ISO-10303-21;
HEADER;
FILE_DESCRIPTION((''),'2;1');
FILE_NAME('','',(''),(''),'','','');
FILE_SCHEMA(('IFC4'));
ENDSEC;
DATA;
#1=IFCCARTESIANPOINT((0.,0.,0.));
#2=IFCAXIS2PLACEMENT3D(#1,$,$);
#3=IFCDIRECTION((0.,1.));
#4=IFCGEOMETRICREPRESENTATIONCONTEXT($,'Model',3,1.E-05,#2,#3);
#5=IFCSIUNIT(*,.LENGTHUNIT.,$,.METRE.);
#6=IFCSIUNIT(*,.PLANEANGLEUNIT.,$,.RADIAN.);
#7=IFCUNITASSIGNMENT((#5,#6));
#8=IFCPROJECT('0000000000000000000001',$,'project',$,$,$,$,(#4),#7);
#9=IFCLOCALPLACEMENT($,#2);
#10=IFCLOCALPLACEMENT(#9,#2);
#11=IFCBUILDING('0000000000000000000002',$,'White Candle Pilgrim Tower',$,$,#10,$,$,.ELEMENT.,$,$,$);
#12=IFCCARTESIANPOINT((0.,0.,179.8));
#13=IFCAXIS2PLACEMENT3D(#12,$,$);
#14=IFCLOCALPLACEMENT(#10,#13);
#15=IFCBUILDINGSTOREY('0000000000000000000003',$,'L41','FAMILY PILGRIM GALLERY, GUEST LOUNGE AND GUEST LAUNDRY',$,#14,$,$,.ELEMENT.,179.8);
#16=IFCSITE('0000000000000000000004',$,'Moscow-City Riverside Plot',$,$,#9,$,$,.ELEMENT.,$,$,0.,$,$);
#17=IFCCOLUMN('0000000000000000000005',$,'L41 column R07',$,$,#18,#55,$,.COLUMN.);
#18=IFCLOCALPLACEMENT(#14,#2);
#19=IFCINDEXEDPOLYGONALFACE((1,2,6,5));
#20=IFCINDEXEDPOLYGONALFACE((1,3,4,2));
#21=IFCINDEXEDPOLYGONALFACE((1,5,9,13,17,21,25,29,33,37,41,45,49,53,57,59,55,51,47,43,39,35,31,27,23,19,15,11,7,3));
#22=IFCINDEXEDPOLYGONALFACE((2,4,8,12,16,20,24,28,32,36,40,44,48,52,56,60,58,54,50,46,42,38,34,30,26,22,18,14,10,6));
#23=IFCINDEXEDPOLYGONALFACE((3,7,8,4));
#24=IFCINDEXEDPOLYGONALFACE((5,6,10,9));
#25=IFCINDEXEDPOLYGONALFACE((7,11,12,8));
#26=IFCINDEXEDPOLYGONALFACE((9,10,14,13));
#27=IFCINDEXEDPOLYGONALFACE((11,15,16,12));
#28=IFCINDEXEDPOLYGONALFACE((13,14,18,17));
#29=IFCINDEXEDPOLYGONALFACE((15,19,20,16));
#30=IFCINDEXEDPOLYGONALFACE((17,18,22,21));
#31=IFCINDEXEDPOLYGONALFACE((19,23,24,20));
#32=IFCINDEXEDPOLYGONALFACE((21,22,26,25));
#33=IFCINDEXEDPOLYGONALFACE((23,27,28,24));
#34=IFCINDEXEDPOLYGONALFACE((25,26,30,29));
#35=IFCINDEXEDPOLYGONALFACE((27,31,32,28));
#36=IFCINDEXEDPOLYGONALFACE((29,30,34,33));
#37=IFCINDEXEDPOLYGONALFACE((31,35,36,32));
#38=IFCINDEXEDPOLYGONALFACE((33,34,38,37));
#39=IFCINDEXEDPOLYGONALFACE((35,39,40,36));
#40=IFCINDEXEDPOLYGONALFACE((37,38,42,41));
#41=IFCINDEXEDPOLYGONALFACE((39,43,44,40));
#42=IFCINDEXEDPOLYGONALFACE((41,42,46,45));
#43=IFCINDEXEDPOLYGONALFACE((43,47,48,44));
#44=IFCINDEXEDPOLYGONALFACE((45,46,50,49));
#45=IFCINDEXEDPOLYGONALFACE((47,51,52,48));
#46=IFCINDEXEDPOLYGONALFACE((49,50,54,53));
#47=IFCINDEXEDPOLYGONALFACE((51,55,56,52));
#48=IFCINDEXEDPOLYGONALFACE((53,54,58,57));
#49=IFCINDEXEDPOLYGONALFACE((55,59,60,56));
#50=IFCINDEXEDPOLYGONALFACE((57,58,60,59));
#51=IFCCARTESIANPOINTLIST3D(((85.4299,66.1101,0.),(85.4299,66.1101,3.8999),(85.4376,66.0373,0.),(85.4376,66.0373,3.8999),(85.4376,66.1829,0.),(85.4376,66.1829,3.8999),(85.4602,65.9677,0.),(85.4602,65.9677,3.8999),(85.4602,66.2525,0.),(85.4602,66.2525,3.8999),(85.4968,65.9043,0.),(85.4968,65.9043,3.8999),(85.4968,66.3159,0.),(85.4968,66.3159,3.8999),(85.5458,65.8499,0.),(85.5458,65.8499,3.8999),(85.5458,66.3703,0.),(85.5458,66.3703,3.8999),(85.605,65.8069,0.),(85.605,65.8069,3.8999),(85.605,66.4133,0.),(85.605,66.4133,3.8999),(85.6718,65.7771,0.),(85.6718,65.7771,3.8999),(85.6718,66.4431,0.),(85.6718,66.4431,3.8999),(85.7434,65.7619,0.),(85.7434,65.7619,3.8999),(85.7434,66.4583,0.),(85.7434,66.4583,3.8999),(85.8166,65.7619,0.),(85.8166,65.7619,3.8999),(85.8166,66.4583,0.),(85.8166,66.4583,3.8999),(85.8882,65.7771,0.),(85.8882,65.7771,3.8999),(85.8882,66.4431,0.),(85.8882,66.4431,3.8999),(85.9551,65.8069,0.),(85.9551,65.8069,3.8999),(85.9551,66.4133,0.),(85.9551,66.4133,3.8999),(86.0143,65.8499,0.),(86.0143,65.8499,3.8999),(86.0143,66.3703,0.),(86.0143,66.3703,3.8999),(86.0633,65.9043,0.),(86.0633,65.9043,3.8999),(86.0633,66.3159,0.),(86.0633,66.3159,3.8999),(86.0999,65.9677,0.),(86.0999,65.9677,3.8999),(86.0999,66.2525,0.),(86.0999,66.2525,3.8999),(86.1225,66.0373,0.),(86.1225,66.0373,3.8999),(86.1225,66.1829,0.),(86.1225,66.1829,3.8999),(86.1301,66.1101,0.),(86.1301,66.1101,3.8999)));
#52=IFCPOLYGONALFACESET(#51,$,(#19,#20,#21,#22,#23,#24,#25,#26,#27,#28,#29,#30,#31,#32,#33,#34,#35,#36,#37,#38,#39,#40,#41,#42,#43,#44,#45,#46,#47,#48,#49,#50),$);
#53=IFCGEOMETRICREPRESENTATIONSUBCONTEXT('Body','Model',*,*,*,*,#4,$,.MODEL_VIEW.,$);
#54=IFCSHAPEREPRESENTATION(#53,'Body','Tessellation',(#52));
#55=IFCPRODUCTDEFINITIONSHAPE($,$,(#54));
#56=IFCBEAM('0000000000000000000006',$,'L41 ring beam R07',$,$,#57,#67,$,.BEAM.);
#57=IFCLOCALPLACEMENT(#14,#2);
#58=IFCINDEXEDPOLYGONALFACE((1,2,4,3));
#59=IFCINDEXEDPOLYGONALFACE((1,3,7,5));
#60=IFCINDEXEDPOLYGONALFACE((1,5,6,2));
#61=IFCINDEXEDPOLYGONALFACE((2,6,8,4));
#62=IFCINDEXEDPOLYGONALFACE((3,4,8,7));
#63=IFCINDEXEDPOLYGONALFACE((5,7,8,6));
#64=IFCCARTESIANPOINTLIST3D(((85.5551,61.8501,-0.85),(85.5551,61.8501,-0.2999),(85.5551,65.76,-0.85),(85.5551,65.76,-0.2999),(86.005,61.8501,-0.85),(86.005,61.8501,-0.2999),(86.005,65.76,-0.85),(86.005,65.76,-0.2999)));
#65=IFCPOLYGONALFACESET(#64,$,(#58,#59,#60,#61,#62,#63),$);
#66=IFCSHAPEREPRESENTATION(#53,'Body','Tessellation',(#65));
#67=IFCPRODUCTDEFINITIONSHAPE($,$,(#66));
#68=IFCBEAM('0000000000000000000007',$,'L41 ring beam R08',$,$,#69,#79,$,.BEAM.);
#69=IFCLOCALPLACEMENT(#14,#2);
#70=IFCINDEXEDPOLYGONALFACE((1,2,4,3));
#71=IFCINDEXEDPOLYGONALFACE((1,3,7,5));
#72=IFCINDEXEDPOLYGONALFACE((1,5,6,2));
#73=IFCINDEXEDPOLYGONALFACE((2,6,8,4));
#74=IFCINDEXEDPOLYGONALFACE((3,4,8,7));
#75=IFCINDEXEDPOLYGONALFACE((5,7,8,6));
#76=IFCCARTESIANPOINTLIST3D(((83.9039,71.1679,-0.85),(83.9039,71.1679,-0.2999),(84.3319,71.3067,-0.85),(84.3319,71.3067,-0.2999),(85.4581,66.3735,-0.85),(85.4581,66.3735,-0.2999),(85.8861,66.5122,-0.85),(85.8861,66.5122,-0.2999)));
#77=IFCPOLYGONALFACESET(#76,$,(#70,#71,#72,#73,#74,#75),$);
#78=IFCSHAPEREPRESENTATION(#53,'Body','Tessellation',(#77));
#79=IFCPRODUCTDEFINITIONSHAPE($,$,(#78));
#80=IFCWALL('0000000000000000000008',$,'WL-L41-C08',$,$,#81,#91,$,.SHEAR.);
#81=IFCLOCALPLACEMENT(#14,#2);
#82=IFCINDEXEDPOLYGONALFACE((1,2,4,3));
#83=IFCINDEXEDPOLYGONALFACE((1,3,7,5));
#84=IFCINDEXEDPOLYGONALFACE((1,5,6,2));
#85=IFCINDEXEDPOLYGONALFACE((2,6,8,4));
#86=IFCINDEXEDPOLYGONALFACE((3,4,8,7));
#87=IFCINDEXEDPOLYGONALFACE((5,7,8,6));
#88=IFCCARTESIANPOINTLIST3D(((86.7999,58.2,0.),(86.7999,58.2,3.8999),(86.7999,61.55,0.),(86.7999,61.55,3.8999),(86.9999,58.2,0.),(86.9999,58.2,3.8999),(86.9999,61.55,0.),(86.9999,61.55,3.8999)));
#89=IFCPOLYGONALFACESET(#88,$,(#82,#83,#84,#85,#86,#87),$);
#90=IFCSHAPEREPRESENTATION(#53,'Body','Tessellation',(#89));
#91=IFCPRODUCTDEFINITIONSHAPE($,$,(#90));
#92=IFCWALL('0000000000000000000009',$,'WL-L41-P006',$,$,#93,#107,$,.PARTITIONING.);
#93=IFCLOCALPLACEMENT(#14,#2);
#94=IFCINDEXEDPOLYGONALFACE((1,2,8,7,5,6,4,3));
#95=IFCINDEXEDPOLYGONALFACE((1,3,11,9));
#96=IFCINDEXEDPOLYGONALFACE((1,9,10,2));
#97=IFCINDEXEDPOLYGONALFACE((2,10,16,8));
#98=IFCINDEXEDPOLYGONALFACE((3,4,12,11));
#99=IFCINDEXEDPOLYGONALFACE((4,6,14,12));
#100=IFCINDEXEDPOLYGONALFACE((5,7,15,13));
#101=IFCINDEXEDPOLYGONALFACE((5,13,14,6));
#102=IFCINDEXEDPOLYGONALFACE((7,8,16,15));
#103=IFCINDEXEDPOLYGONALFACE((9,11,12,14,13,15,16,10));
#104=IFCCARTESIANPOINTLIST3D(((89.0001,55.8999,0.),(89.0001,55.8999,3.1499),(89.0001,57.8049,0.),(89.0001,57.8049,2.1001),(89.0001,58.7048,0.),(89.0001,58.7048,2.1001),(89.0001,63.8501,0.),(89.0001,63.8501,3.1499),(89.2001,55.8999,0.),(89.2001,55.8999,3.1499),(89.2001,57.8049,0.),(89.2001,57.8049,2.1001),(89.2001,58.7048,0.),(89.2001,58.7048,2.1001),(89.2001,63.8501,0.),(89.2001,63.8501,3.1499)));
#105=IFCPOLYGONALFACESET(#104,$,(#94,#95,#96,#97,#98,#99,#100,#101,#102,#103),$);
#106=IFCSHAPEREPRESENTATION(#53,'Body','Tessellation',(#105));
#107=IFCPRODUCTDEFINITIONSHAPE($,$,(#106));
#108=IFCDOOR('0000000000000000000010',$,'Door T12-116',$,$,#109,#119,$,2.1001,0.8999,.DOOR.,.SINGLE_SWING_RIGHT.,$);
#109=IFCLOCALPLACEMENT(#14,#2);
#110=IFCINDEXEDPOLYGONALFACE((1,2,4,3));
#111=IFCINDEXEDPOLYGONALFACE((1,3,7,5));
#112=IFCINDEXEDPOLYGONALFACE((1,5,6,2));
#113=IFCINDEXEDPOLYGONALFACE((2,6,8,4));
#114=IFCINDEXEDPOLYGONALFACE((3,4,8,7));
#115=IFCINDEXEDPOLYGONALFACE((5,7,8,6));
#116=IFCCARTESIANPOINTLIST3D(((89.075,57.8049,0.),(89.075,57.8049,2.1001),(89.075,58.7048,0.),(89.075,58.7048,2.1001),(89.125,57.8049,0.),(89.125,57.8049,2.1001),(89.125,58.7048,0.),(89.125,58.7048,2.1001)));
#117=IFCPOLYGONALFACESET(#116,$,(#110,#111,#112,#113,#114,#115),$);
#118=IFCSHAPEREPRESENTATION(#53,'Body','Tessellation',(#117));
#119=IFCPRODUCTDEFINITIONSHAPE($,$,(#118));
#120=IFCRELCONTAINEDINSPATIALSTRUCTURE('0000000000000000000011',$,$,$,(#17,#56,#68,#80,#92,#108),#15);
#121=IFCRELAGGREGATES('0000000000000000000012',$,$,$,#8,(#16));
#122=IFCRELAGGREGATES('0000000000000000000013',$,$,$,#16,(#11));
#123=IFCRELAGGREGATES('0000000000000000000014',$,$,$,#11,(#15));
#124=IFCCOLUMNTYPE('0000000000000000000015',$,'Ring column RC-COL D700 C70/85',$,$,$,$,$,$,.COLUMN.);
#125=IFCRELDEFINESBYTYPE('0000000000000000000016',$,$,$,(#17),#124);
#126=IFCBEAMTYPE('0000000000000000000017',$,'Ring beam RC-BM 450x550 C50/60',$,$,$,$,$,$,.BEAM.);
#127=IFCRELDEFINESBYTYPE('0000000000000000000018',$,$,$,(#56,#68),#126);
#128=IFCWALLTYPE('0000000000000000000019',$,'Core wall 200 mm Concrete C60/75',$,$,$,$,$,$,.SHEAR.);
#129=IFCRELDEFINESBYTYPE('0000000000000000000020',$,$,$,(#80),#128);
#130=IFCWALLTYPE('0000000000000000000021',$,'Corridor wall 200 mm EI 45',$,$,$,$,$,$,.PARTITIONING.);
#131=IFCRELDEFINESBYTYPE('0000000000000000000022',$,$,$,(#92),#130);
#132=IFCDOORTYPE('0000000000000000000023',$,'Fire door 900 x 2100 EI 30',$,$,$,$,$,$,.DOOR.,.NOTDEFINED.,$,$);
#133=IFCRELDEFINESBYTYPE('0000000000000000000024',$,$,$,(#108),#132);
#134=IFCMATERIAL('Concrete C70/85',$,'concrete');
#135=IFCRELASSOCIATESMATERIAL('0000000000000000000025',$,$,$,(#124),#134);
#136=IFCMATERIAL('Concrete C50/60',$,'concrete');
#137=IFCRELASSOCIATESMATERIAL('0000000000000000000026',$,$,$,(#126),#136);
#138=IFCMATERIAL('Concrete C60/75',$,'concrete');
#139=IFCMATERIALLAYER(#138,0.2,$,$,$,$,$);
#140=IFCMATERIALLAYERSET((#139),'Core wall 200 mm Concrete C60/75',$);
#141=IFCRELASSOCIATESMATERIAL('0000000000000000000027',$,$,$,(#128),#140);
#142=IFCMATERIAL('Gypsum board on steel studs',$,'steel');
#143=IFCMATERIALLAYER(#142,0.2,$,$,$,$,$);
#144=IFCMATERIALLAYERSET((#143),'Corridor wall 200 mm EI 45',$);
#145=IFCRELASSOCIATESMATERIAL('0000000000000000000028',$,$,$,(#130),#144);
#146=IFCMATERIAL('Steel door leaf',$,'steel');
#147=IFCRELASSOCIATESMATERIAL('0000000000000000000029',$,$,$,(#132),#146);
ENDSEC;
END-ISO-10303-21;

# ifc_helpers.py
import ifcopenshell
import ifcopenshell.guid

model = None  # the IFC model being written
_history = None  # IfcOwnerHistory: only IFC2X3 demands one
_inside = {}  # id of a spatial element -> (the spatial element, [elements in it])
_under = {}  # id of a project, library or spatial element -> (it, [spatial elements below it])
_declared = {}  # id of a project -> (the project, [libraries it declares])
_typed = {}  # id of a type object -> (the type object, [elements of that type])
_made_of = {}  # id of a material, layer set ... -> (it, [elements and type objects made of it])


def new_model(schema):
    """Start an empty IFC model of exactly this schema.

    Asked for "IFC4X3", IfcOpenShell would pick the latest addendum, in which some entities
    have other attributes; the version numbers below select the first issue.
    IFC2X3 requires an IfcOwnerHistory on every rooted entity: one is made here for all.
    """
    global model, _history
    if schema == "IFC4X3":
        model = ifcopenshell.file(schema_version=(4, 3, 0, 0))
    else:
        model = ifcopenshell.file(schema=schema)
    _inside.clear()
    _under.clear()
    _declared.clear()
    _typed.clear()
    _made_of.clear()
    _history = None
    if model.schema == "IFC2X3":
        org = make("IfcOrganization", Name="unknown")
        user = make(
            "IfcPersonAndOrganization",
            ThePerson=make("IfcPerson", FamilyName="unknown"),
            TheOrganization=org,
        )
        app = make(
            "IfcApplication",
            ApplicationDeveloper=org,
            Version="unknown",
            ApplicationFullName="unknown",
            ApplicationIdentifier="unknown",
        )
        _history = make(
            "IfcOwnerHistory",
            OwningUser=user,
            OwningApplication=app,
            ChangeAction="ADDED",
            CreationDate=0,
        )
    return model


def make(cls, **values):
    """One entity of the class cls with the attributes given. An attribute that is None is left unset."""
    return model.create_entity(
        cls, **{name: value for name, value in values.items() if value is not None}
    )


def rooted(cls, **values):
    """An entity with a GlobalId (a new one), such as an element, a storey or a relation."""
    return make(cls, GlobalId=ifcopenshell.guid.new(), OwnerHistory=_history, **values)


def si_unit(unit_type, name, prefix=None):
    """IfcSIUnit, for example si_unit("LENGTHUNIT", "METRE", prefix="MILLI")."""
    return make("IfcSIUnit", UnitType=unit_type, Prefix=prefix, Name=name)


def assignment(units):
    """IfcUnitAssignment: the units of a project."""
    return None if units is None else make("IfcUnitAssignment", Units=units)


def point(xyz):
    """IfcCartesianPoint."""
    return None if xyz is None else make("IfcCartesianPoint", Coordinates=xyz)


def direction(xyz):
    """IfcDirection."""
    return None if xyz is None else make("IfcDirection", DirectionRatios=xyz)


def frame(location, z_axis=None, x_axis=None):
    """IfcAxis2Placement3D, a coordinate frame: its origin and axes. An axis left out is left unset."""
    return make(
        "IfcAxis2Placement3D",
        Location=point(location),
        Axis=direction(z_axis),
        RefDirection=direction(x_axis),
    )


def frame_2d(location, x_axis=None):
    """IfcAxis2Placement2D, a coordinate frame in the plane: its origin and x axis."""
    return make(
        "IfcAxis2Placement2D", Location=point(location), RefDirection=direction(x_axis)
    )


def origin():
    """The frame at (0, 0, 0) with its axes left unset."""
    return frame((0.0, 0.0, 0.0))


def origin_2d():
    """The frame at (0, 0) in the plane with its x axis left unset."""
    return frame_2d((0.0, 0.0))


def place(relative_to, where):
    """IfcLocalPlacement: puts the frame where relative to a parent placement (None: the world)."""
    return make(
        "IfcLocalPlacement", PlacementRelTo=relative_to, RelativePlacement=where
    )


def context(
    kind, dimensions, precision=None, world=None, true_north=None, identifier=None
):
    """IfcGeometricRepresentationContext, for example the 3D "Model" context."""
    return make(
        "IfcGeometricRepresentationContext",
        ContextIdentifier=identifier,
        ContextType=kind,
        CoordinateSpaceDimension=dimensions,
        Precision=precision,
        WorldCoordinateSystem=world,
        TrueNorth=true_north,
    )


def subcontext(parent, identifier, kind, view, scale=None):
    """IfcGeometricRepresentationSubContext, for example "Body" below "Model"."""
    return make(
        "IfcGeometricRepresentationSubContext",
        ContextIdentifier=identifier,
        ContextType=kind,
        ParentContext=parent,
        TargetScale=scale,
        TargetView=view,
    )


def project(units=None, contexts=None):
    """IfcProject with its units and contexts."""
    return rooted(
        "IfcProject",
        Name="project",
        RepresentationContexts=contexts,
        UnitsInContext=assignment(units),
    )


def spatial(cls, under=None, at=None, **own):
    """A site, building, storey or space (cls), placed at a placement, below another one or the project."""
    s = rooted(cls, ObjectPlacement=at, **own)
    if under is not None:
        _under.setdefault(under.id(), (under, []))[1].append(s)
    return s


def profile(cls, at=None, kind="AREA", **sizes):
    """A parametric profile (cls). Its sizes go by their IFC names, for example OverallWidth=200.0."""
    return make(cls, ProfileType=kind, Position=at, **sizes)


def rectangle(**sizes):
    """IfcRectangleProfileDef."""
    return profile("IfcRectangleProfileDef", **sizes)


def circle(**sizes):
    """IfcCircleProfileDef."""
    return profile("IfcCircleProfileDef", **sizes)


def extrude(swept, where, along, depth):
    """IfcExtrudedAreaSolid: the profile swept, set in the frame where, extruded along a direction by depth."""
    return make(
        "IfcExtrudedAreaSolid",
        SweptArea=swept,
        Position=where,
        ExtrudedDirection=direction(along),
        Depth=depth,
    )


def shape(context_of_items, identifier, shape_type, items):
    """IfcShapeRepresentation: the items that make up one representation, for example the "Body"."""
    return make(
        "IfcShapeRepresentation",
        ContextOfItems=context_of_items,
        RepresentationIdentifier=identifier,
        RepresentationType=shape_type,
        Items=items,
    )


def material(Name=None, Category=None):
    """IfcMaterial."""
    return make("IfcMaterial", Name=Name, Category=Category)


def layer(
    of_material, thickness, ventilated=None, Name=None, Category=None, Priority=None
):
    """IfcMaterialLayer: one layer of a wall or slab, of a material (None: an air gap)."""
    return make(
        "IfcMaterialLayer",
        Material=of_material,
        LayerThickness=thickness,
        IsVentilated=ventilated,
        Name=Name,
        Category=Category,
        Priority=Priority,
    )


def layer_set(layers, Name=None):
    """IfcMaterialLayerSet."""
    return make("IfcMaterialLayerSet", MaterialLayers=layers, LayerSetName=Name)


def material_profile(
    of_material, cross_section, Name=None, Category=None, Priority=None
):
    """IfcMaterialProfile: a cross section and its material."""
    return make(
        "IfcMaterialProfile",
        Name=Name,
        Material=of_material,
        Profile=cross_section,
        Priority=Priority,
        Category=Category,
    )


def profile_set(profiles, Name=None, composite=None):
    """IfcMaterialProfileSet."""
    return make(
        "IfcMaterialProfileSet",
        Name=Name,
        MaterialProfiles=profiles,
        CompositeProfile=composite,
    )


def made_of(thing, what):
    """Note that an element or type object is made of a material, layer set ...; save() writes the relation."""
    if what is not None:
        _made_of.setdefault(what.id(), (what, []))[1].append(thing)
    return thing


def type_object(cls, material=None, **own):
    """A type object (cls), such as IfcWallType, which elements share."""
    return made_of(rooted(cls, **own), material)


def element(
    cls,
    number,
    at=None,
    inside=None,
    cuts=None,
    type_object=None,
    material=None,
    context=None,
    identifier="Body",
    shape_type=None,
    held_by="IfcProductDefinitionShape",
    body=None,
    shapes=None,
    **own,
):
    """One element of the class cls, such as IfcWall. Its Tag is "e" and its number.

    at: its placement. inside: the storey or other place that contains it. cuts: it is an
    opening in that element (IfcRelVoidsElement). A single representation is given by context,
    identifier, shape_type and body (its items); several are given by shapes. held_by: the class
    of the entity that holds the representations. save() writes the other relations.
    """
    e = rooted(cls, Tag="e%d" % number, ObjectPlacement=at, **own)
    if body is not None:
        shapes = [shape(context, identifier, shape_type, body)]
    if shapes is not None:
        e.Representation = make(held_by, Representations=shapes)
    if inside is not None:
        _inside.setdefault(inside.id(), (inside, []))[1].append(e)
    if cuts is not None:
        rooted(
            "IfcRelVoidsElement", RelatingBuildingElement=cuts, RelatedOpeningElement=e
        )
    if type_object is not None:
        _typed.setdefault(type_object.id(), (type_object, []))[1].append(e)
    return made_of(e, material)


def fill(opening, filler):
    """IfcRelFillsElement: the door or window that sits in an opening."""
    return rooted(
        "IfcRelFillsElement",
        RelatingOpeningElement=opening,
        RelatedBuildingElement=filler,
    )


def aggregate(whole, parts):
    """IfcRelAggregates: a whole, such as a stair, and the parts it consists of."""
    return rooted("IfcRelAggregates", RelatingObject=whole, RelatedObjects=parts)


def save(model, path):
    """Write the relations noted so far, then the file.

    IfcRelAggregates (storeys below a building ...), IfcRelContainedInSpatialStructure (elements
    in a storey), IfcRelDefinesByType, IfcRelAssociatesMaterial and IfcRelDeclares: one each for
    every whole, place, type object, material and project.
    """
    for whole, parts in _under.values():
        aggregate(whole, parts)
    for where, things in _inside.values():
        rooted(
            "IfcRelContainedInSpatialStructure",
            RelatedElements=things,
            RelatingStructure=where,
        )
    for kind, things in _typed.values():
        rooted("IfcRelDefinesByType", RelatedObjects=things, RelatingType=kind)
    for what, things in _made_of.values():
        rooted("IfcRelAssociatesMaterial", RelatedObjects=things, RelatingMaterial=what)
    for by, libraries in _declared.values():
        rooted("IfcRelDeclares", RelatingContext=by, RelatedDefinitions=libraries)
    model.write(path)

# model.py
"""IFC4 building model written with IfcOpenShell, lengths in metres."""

from ifc_helpers import new_model, si_unit, direction, frame, frame_2d, origin, origin_2d, place, context, subcontext, project, spatial, rectangle, circle, extrude, material, layer, layer_set, material_profile, profile_set, type_object, element, fill, save


model = new_model("IFC4")

# Units and contexts
model_context = context("Model", 3, precision=1e-05, world=origin(), true_north=direction((0.0, 1.0)))
body_context = subcontext(model_context, "Body", "Model", "MODEL_VIEW")
ifc_project = project(units=[si_unit("LENGTHUNIT", "METRE"), si_unit("PLANEANGLEUNIT", "RADIAN")], contexts=[model_context])

# Site, building, storey
site_placement = place(None, origin())
site = spatial("IfcSite", under=ifc_project, at=site_placement, Name="Moscow-City Riverside Plot", CompositionType="ELEMENT", RefElevation=0.0)
building_placement = place(site_placement, origin())
building = spatial("IfcBuilding", under=site, at=building_placement, Name="White Candle Pilgrim Tower", CompositionType="ELEMENT")
storey_placement = place(building_placement, frame((0.0, 0.0, 179.8)))
storey = spatial("IfcBuildingStorey", under=building, at=storey_placement, Name="L41", Description="FAMILY PILGRIM GALLERY, GUEST LOUNGE AND GUEST LAUNDRY", CompositionType="ELEMENT", Elevation=179.8)

# Column
ifc_material_1 = material(Name="Concrete C70/85", Category="concrete")
ifc_material_profile_1 = material_profile(ifc_material_1, circle(Radius=0.3501, at=origin_2d()), Name="RC-COL D700")
ifc_profile_set_1 = profile_set([ifc_material_profile_1], Name="Concrete C70/85")
column_type = type_object("IfcColumnType", Name="Ring column RC-COL D700 C70/85", PredefinedType="COLUMN", material=ifc_profile_set_1)
column_placement = place(storey_placement, frame((85.78, 66.1101, 0.0), z_axis=(0.0, 0.0, 1.0), x_axis=(1.0, 0.0, 0.0)))
element("IfcColumn", 1, at=column_placement, inside=storey, type_object=column_type, Name="L41 column R07", PredefinedType="COLUMN", context=body_context, shape_type="SweptSolid", body=[
    extrude(circle(Radius=0.3501, at=origin_2d()), origin(), (0.0, 0.0, 1.0), 3.8999),
])

# Beams
ifc_material_2 = material(Name="Concrete C50/60", Category="concrete")
ifc_material_profile_2 = material_profile(ifc_material_2, rectangle(XDim=0.45, YDim=0.55, at=origin_2d()), Name="RC-BM 450x550")
ifc_profile_set_2 = profile_set([ifc_material_profile_2], Name="Concrete C50/60")
beam_type = type_object("IfcBeamType", Name="Ring beam RC-BM 450x550 C50/60", PredefinedType="BEAM", material=ifc_profile_set_2)
beam_1_placement = place(storey_placement, frame((85.78, 65.76, -0.575), z_axis=(0.0, -1.0, 0.0), x_axis=(1.0, 0.0, 0.0)))
element("IfcBeam", 2, at=beam_1_placement, inside=storey, type_object=beam_type, Name="L41 ring beam R07", PredefinedType="BEAM", context=body_context, shape_type="SweptSolid", body=[
    extrude(rectangle(XDim=0.45, YDim=0.55, at=origin_2d()), origin(), (0.0, 0.0, 1.0), 3.9099),
])
beam_2_placement = place(storey_placement, frame((85.6721, 66.4429, -0.575), z_axis=(-0.30837, 0.951267, 0.0), x_axis=(-0.951267, -0.30837, 0.0)))
element("IfcBeam", 3, at=beam_2_placement, inside=storey, type_object=beam_type, Name="L41 ring beam R08", PredefinedType="BEAM", context=body_context, shape_type="SweptSolid", body=[
    extrude(rectangle(XDim=0.45, YDim=0.55, at=origin_2d()), origin(), (0.0, 0.0, 1.0), 5.04),
])

# Wall
ifc_material_3 = material(Name="Concrete C60/75", Category="concrete")
ifc_layer_1 = layer(ifc_material_3, 0.2)
ifc_layer_set_1 = layer_set([ifc_layer_1], Name="Core wall 200 mm Concrete C60/75")
wall_type_1 = type_object("IfcWallType", Name="Core wall 200 mm Concrete C60/75", PredefinedType="SHEAR", material=ifc_layer_set_1)
wall_1_placement = place(storey_placement, frame((86.8999, 58.2, 0.0), z_axis=(0.0, 0.0, 1.0), x_axis=(0.0, 1.0, 0.0)))
element("IfcWall", 4, at=wall_1_placement, inside=storey, type_object=wall_type_1, Name="WL-L41-C08", PredefinedType="SHEAR", context=body_context, shape_type="SweptSolid", body=[
    extrude(rectangle(XDim=3.3501, YDim=0.2, at=frame_2d((1.675, 0.0))), origin(), (0.0, 0.0, 1.0), 3.8999),
])

# Wall, opening, door
ifc_material_4 = material(Name="Gypsum board on steel studs", Category="steel")
ifc_layer_2 = layer(ifc_material_4, 0.2)
ifc_layer_set_2 = layer_set([ifc_layer_2], Name="Corridor wall 200 mm EI 45")
wall_type_2 = type_object("IfcWallType", Name="Corridor wall 200 mm EI 45", PredefinedType="PARTITIONING", material=ifc_layer_set_2)
wall_2_placement = place(storey_placement, frame((89.1001, 63.8501, 0.0), z_axis=(0.0, 0.0, 1.0), x_axis=(0.0, -1.0, 0.0)))
wall_2 = element("IfcWall", 5, at=wall_2_placement, inside=storey, type_object=wall_type_2, Name="WL-L41-P006", PredefinedType="PARTITIONING", context=body_context, shape_type="SweptSolid", body=[
    extrude(rectangle(XDim=7.9502, YDim=0.2, at=frame_2d((3.9751, 0.0))), origin(), (0.0, 0.0, 1.0), 3.1499),
])
opening_1_placement = place(wall_2_placement, frame((5.1453, 0.0, 0.0)))
opening_1 = element("IfcOpeningElement", 6, at=opening_1_placement, cuts=wall_2, PredefinedType="OPENING", context=body_context, shape_type="SweptSolid", body=[
    extrude(rectangle(XDim=0.8999, YDim=2.1001, at=frame_2d((0.45, 1.05))), frame((0.0, 0.1099, 0.0), z_axis=(0.0, -1.0, 0.0), x_axis=(1.0, 0.0, 0.0)), (0.0, 0.0, 1.0), 0.22),
])
ifc_material_5 = material(Name="Steel door leaf", Category="steel")
door_type_1 = type_object("IfcDoorType", Name="Fire door 900 x 2100 EI 30", OperationType="NOTDEFINED", PredefinedType="DOOR", material=ifc_material_5)
door_1_placement = place(opening_1_placement, origin())
door_1 = element("IfcDoor", 7, at=door_1_placement, inside=storey, type_object=door_type_1, Name="Door T12-116", OperationType="SINGLE_SWING_RIGHT", OverallHeight=2.1001, OverallWidth=0.8999, PredefinedType="DOOR", context=body_context, shape_type="SweptSolid", body=[
    extrude(rectangle(XDim=0.8999, YDim=2.1001, at=frame_2d((0.45, 1.05))), frame((0.0, 0.0249, 0.0), z_axis=(0.0, -1.0, 0.0), x_axis=(1.0, 0.0, 0.0)), (0.0, 0.0, 1.0), 0.05),
])
fill(opening_1, door_1)

save(model, "model.ifc")
